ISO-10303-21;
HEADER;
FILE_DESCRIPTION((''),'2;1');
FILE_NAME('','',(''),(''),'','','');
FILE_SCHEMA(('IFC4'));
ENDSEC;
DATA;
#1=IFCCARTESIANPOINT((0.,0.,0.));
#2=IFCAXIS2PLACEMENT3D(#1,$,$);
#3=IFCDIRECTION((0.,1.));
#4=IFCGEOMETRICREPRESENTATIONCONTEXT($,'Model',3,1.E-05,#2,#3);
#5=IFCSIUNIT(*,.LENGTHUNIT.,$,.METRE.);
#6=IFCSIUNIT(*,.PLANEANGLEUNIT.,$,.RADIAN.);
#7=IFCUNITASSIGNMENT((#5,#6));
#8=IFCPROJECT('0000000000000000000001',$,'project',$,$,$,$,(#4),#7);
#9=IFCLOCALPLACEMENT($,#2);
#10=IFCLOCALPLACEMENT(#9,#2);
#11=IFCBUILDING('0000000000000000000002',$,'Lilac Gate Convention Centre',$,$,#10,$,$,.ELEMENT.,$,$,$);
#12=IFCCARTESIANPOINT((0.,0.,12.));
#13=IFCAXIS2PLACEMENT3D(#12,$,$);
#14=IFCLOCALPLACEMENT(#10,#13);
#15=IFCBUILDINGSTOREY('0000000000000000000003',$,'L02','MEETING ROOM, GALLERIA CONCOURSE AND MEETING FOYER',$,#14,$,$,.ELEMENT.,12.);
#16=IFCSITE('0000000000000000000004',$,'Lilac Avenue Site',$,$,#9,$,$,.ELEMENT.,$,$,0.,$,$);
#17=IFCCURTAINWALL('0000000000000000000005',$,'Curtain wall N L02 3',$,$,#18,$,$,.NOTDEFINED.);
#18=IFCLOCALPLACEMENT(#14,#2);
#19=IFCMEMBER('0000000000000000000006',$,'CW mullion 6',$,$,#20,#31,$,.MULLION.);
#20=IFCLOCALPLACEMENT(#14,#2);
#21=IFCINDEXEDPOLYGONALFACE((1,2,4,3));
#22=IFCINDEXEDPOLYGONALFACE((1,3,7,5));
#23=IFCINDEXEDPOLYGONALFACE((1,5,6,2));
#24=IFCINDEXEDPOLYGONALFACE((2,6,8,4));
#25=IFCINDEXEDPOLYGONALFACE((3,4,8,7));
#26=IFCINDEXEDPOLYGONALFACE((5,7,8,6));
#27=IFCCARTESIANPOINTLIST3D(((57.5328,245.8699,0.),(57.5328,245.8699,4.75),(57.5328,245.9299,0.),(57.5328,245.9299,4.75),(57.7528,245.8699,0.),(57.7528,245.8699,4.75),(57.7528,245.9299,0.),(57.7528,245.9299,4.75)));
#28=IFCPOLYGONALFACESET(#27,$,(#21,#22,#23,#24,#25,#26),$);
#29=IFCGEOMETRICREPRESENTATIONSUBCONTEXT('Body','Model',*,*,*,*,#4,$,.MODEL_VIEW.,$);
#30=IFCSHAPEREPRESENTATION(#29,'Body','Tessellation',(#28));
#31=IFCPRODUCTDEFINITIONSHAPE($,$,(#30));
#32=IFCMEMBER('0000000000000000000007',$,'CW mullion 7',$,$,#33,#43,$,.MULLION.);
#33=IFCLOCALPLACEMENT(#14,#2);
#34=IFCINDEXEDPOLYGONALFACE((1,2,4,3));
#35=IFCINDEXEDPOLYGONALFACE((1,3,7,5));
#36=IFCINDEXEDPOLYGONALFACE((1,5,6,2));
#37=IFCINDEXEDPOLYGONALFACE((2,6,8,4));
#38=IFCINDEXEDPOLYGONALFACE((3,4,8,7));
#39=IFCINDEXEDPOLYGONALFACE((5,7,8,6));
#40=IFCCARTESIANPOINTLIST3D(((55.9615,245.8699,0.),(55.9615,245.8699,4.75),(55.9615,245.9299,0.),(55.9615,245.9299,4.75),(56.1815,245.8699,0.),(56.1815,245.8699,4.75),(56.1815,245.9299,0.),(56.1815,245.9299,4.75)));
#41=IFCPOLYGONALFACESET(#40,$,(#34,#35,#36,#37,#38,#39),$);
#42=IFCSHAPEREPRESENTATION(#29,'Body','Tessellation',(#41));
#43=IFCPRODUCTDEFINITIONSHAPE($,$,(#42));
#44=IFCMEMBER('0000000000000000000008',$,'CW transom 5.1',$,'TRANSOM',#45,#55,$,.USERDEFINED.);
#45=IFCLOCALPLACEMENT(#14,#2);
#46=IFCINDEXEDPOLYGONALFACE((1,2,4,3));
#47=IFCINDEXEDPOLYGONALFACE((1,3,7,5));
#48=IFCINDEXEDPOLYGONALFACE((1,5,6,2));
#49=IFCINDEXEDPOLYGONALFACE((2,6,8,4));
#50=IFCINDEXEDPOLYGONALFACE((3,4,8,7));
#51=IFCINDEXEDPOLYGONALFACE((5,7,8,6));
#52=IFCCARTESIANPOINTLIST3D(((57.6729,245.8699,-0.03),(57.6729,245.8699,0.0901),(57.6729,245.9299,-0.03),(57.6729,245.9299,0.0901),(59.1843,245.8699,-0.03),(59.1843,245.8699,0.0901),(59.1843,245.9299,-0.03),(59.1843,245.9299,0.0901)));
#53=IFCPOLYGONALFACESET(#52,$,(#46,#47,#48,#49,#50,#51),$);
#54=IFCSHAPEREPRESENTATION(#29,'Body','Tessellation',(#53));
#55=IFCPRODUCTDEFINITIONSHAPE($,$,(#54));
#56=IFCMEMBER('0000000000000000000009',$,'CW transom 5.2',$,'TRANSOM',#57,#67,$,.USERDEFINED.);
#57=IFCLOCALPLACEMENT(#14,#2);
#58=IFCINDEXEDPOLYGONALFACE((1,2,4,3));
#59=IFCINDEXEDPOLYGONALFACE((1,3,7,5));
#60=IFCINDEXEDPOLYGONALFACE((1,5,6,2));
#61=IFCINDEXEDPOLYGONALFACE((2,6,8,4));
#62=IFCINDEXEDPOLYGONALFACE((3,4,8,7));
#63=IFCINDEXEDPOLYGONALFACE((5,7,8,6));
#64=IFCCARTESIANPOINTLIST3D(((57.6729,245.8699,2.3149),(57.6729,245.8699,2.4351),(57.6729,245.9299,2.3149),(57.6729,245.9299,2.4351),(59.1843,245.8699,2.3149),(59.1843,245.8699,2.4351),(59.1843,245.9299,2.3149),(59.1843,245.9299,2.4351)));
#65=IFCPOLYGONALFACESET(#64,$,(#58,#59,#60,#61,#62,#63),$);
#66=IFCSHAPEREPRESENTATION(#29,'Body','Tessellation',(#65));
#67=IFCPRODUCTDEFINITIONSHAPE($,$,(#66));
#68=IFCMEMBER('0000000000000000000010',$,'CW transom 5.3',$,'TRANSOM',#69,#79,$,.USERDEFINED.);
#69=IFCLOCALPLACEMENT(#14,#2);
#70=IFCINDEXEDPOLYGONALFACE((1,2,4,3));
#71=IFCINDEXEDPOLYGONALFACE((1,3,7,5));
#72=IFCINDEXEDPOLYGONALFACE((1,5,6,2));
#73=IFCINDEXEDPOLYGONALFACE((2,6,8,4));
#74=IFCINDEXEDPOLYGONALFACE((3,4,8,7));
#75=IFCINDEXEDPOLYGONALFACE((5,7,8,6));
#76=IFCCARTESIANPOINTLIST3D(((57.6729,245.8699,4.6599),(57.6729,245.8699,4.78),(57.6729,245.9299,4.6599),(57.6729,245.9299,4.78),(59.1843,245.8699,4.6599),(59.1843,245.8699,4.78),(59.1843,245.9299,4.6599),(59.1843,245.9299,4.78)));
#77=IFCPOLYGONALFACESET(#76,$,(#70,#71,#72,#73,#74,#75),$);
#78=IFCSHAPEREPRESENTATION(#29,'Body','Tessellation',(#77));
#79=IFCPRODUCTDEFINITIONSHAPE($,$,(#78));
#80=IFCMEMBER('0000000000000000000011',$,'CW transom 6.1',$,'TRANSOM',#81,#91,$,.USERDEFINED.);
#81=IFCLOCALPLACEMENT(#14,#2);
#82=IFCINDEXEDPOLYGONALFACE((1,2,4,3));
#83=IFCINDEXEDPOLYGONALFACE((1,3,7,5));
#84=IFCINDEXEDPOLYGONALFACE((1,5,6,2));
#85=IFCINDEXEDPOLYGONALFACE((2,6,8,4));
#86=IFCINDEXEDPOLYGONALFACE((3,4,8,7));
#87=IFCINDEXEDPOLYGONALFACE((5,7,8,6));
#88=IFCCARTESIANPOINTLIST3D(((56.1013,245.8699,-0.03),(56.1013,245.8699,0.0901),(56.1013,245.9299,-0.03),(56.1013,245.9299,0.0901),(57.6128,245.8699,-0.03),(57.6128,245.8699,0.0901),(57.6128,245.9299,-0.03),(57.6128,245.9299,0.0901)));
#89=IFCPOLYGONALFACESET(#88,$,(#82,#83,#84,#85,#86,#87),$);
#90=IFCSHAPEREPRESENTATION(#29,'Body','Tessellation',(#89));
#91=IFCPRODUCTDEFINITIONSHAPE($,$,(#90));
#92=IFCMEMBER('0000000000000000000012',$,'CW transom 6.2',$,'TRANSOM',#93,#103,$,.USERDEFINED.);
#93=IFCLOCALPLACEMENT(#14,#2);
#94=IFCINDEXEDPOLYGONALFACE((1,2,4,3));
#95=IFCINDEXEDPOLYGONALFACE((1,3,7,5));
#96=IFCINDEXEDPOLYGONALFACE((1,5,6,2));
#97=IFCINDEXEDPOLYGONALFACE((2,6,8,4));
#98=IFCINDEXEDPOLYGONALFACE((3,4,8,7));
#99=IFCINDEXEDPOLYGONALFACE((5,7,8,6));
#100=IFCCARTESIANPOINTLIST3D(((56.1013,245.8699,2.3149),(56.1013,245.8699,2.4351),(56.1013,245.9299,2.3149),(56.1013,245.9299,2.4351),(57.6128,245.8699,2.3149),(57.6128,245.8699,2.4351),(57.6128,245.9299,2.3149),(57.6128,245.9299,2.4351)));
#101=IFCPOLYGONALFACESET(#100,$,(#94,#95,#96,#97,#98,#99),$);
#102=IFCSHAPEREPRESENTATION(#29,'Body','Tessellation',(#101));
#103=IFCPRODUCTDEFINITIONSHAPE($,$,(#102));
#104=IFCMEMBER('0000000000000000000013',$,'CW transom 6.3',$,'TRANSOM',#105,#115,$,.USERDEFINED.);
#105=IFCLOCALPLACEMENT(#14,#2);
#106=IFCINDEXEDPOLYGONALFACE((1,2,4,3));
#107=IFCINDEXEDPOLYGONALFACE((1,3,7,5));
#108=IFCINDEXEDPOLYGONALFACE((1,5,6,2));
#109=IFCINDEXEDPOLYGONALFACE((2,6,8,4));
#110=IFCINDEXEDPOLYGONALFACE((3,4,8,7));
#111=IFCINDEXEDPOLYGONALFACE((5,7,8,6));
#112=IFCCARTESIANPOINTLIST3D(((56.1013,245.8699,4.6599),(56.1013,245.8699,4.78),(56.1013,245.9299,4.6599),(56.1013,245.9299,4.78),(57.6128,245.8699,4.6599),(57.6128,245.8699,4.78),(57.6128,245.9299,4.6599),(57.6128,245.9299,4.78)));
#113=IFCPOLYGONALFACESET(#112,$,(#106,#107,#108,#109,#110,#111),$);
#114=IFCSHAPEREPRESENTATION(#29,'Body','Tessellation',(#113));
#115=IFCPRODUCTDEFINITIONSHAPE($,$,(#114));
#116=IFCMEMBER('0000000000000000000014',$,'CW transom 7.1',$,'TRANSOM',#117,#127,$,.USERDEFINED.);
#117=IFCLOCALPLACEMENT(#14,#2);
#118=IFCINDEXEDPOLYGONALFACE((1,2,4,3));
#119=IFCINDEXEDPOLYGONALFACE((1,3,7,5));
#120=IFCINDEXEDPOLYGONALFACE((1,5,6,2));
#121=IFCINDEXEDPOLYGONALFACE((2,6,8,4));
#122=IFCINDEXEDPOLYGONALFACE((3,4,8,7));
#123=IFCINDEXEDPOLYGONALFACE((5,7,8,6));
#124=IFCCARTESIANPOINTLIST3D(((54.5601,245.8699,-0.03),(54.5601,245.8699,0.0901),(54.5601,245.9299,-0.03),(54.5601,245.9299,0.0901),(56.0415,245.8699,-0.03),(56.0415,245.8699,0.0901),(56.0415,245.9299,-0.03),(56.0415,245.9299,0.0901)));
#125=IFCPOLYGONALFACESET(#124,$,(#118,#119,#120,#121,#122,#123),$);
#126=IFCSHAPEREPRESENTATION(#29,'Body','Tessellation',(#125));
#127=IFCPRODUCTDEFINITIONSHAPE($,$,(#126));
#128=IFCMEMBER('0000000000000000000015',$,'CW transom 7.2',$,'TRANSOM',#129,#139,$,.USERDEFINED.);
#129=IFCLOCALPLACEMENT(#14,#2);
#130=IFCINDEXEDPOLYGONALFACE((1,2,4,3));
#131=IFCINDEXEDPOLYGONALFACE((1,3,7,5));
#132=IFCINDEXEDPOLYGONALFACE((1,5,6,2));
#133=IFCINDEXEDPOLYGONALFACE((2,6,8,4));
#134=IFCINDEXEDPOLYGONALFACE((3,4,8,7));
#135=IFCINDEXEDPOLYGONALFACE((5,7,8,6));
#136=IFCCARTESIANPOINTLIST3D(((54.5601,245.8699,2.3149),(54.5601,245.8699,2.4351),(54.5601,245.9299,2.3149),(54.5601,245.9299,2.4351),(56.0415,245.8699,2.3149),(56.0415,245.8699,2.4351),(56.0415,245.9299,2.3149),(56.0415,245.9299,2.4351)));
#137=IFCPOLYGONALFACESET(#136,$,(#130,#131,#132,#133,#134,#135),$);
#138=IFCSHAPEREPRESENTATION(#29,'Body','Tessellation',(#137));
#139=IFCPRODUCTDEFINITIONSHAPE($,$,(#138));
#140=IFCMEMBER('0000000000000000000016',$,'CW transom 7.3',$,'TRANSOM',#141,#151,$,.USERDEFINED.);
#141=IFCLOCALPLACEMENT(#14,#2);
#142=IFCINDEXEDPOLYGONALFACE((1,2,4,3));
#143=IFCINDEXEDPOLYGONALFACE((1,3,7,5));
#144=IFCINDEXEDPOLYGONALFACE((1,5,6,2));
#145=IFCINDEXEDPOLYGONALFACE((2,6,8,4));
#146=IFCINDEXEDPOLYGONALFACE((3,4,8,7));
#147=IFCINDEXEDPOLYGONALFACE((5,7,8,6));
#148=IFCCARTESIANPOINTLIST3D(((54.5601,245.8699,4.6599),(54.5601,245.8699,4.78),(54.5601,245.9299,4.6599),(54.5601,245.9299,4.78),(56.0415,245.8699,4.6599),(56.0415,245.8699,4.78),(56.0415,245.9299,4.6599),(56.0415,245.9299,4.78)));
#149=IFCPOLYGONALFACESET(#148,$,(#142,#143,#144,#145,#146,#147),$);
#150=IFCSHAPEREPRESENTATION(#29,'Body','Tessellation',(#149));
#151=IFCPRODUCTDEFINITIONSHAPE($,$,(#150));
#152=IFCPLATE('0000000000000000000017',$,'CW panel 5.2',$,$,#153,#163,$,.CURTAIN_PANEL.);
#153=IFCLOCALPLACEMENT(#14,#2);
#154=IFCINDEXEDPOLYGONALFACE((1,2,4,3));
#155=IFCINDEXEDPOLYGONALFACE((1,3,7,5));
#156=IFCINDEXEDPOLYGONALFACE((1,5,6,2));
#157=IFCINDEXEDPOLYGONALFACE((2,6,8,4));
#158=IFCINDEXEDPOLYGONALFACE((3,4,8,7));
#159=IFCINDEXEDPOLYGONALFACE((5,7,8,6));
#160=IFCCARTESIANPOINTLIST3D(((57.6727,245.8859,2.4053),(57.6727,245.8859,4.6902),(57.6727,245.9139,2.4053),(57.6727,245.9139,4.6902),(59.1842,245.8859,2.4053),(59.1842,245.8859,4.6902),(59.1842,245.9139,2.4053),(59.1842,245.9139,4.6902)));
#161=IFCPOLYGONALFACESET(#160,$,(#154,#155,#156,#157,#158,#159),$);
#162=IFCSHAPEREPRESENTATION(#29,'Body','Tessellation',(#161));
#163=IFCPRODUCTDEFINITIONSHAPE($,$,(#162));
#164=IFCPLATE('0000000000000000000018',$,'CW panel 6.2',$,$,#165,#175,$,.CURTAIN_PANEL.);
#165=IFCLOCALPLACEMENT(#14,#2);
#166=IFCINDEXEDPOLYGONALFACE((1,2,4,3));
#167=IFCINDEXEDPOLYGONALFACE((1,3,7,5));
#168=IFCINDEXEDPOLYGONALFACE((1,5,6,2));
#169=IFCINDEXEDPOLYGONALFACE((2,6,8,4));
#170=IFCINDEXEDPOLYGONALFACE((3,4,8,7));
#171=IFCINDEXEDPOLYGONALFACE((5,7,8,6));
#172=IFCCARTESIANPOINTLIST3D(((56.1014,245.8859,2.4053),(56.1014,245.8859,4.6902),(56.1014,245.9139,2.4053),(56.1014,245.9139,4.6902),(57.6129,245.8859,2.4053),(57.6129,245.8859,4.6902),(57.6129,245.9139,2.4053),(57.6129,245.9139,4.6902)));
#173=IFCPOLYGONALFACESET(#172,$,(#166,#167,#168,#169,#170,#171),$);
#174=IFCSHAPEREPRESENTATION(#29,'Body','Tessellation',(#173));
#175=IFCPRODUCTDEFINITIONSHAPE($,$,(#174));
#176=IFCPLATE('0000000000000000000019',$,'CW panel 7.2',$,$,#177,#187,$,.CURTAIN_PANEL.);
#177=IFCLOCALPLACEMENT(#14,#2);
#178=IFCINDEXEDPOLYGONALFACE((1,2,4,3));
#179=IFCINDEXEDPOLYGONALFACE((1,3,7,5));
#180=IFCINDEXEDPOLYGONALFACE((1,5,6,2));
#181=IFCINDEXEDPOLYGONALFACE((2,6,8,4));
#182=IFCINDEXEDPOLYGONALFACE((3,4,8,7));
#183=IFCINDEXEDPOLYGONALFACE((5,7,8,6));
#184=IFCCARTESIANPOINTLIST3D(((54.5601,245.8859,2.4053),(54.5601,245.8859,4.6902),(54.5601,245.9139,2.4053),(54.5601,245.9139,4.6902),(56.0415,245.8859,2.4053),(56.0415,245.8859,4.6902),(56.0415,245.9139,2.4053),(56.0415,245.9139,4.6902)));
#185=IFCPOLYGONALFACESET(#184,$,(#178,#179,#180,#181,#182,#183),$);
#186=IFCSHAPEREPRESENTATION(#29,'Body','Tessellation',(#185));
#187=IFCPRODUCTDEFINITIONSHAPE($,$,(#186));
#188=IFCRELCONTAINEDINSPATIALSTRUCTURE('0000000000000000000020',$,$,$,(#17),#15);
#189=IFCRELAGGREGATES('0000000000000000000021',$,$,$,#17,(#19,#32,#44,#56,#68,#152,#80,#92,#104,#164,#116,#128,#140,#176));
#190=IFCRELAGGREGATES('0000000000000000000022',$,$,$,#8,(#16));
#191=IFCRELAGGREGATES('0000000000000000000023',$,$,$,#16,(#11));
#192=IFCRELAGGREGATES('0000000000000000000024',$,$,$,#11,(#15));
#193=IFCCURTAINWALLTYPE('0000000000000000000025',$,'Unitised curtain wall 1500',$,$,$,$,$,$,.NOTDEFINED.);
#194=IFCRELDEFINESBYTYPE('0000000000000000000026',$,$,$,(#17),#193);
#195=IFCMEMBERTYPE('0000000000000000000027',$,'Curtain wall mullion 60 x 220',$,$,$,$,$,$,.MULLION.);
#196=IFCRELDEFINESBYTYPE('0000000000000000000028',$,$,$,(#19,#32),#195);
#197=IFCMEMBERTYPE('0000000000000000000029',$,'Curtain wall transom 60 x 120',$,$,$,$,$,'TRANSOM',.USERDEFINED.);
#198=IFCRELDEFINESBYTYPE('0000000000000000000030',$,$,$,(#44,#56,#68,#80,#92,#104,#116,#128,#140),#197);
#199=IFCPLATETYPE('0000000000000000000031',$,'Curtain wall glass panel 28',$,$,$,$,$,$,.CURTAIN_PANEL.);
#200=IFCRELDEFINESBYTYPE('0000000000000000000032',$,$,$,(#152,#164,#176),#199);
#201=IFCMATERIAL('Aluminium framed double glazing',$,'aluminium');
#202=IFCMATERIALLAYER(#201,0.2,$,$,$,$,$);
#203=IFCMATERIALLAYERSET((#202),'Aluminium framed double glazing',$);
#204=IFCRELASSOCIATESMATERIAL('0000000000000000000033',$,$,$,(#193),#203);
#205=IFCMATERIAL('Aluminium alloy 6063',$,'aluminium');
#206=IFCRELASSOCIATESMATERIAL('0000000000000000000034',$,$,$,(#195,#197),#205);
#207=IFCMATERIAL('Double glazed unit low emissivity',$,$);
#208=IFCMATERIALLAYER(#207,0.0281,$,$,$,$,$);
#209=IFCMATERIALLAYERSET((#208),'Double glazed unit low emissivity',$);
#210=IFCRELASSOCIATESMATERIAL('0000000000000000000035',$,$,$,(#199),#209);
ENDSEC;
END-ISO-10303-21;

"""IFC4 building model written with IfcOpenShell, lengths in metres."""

from ifc_helpers import new_model, si_unit, direction, frame, origin, origin_2d, place, context, subcontext, project, spatial, rectangle, extrude, material, layer, layer_set, material_profile, profile_set, type_object, element, aggregate, save


model = new_model("IFC4")

# Units and contexts
model_context = context("Model", 3, precision=1e-05, world=origin(), true_north=direction((0.0, 1.0)))
body_context = subcontext(model_context, "Body", "Model", "MODEL_VIEW")
ifc_project = project(units=[si_unit("LENGTHUNIT", "METRE"), si_unit("PLANEANGLEUNIT", "RADIAN")], contexts=[model_context])

# Site, building, storey
site_placement = place(None, origin())
site = spatial("IfcSite", under=ifc_project, at=site_placement, Name="Lilac Avenue Site", CompositionType="ELEMENT", RefElevation=0.0)
building_placement = place(site_placement, origin())
building = spatial("IfcBuilding", under=site, at=building_placement, Name="Lilac Gate Convention Centre", CompositionType="ELEMENT")
storey_placement = place(building_placement, frame((0.0, 0.0, 12.0)))
storey = spatial("IfcBuildingStorey", under=building, at=storey_placement, Name="L02", Description="MEETING ROOM, GALLERIA CONCOURSE AND MEETING FOYER", CompositionType="ELEMENT", Elevation=12.0)

# Curtain wall, members, plates
ifc_material_1 = material(Name="Aluminium framed double glazing", Category="aluminium")
ifc_layer_1 = layer(ifc_material_1, 0.2)
ifc_layer_set_1 = layer_set([ifc_layer_1], Name="Aluminium framed double glazing")
curtain_wall_type = type_object("IfcCurtainWallType", Name="Unitised curtain wall 1500", PredefinedType="NOTDEFINED", material=ifc_layer_set_1)
curtain_wall_placement = place(storey_placement, origin())
curtain_wall = element("IfcCurtainWall", 1, at=curtain_wall_placement, inside=storey, type_object=curtain_wall_type, Name="Curtain wall N L02 3", PredefinedType="NOTDEFINED")
ifc_material_2 = material(Name="Aluminium alloy 6063", Category="aluminium")
ifc_material_profile_1 = material_profile(ifc_material_2, rectangle(XDim=0.0601, YDim=0.22, at=origin_2d()), Name="Curtain wall mullion 60 x 220")
ifc_profile_set_1 = profile_set([ifc_material_profile_1], Name="Aluminium alloy 6063")
member_type_1 = type_object("IfcMemberType", Name="Curtain wall mullion 60 x 220", PredefinedType="MULLION", material=ifc_profile_set_1)
member_1_placement = place(storey_placement, frame((57.6428, 245.8999, 0.0), z_axis=(0.0, 0.0, 1.0), x_axis=(0.0, -1.0, 0.0)))
member_1 = element("IfcMember", 2, at=member_1_placement, type_object=member_type_1, Name="CW mullion 6", PredefinedType="MULLION", context=body_context, shape_type="SweptSolid", body=[
    extrude(rectangle(XDim=0.0601, YDim=0.22, at=origin_2d()), origin(), (0.0, 0.0, 1.0), 4.75),
])
member_2_placement = place(storey_placement, frame((56.0715, 245.8999, 0.0), z_axis=(0.0, 0.0, 1.0), x_axis=(0.0, -1.0, 0.0)))
member_2 = element("IfcMember", 3, at=member_2_placement, type_object=member_type_1, Name="CW mullion 7", PredefinedType="MULLION", context=body_context, shape_type="SweptSolid", body=[
    extrude(rectangle(XDim=0.0601, YDim=0.22, at=origin_2d()), origin(), (0.0, 0.0, 1.0), 4.75),
])
ifc_material_profile_2 = material_profile(ifc_material_2, rectangle(XDim=0.0601, YDim=0.1201, at=origin_2d()), Name="Curtain wall transom 60 x 120")
ifc_profile_set_2 = profile_set([ifc_material_profile_2], Name="Aluminium alloy 6063")
member_type_2 = type_object("IfcMemberType", Name="Curtain wall transom 60 x 120", ElementType="TRANSOM", PredefinedType="USERDEFINED", material=ifc_profile_set_2)
member_3_placement = place(storey_placement, frame((59.1843, 245.8999, 0.03), z_axis=(-1.0, 0.0, 0.0), x_axis=(0.0, -1.0, 0.0)))
member_3 = element("IfcMember", 4, at=member_3_placement, type_object=member_type_2, Name="CW transom 5.1", ObjectType="TRANSOM", PredefinedType="USERDEFINED", context=body_context, shape_type="SweptSolid", body=[
    extrude(rectangle(XDim=0.0601, YDim=0.1201, at=origin_2d()), origin(), (0.0, 0.0, 1.0), 1.5115),
])
member_4_placement = place(storey_placement, frame((59.1843, 245.8999, 2.375), z_axis=(-1.0, 0.0, 0.0), x_axis=(0.0, -1.0, 0.0)))
member_4 = element("IfcMember", 5, at=member_4_placement, type_object=member_type_2, Name="CW transom 5.2", ObjectType="TRANSOM", PredefinedType="USERDEFINED", context=body_context, shape_type="SweptSolid", body=[
    extrude(rectangle(XDim=0.0601, YDim=0.1201, at=origin_2d()), origin(), (0.0, 0.0, 1.0), 1.5115),
])
member_5_placement = place(storey_placement, frame((59.1843, 245.8999, 4.72), z_axis=(-1.0, 0.0, 0.0), x_axis=(0.0, -1.0, 0.0)))
member_5 = element("IfcMember", 6, at=member_5_placement, type_object=member_type_2, Name="CW transom 5.3", ObjectType="TRANSOM", PredefinedType="USERDEFINED", context=body_context, shape_type="SweptSolid", body=[
    extrude(rectangle(XDim=0.0601, YDim=0.1201, at=origin_2d()), origin(), (0.0, 0.0, 1.0), 1.5115),
])
member_6_placement = place(storey_placement, frame((57.6128, 245.8999, 0.03), z_axis=(-1.0, 0.0, 0.0), x_axis=(0.0, -1.0, 0.0)))
member_6 = element("IfcMember", 7, at=member_6_placement, type_object=member_type_2, Name="CW transom 6.1", ObjectType="TRANSOM", PredefinedType="USERDEFINED", context=body_context, shape_type="SweptSolid", body=[
    extrude(rectangle(XDim=0.0601, YDim=0.1201, at=origin_2d()), origin(), (0.0, 0.0, 1.0), 1.5115),
])
member_7_placement = place(storey_placement, frame((57.6128, 245.8999, 2.375), z_axis=(-1.0, 0.0, 0.0), x_axis=(0.0, -1.0, 0.0)))
member_7 = element("IfcMember", 8, at=member_7_placement, type_object=member_type_2, Name="CW transom 6.2", ObjectType="TRANSOM", PredefinedType="USERDEFINED", context=body_context, shape_type="SweptSolid", body=[
    extrude(rectangle(XDim=0.0601, YDim=0.1201, at=origin_2d()), origin(), (0.0, 0.0, 1.0), 1.5115),
])
member_8_placement = place(storey_placement, frame((57.6128, 245.8999, 4.72), z_axis=(-1.0, 0.0, 0.0), x_axis=(0.0, -1.0, 0.0)))
member_8 = element("IfcMember", 9, at=member_8_placement, type_object=member_type_2, Name="CW transom 6.3", ObjectType="TRANSOM", PredefinedType="USERDEFINED", context=body_context, shape_type="SweptSolid", body=[
    extrude(rectangle(XDim=0.0601, YDim=0.1201, at=origin_2d()), origin(), (0.0, 0.0, 1.0), 1.5115),
])
member_9_placement = place(storey_placement, frame((56.0415, 245.8999, 0.03), z_axis=(-1.0, 0.0, 0.0), x_axis=(0.0, -1.0, 0.0)))
member_9 = element("IfcMember", 10, at=member_9_placement, type_object=member_type_2, Name="CW transom 7.1", ObjectType="TRANSOM", PredefinedType="USERDEFINED", context=body_context, shape_type="SweptSolid", body=[
    extrude(rectangle(XDim=0.0601, YDim=0.1201, at=origin_2d()), origin(), (0.0, 0.0, 1.0), 1.4814),
])
member_10_placement = place(storey_placement, frame((56.0415, 245.8999, 2.375), z_axis=(-1.0, 0.0, 0.0), x_axis=(0.0, -1.0, 0.0)))
member_10 = element("IfcMember", 11, at=member_10_placement, type_object=member_type_2, Name="CW transom 7.2", ObjectType="TRANSOM", PredefinedType="USERDEFINED", context=body_context, shape_type="SweptSolid", body=[
    extrude(rectangle(XDim=0.0601, YDim=0.1201, at=origin_2d()), origin(), (0.0, 0.0, 1.0), 1.4814),
])
member_11_placement = place(storey_placement, frame((56.0415, 245.8999, 4.72), z_axis=(-1.0, 0.0, 0.0), x_axis=(0.0, -1.0, 0.0)))
member_11 = element("IfcMember", 12, at=member_11_placement, type_object=member_type_2, Name="CW transom 7.3", ObjectType="TRANSOM", PredefinedType="USERDEFINED", context=body_context, shape_type="SweptSolid", body=[
    extrude(rectangle(XDim=0.0601, YDim=0.1201, at=origin_2d()), origin(), (0.0, 0.0, 1.0), 1.4814),
])
ifc_material_3 = material(Name="Double glazed unit low emissivity")
ifc_layer_2 = layer(ifc_material_3, 0.0281)
ifc_layer_set_2 = layer_set([ifc_layer_2], Name="Double glazed unit low emissivity")
plate_type_1 = type_object("IfcPlateType", Name="Curtain wall glass panel 28", PredefinedType="CURTAIN_PANEL", material=ifc_layer_set_2)
plate_1_placement = place(storey_placement, frame((58.4285, 245.8999, 2.4053), z_axis=(0.0, 0.0, 1.0), x_axis=(-1.0, 0.0, 0.0)))
plate_1 = element("IfcPlate", 13, at=plate_1_placement, type_object=plate_type_1, Name="CW panel 5.2", PredefinedType="CURTAIN_PANEL", context=body_context, shape_type="SweptSolid", body=[
    extrude(rectangle(XDim=1.5115, YDim=0.0281, at=origin_2d()), origin(), (0.0, 0.0, 1.0), 2.2849),
])
plate_2_placement = place(storey_placement, frame((56.8572, 245.8999, 2.4053), z_axis=(0.0, 0.0, 1.0), x_axis=(-1.0, 0.0, 0.0)))
plate_2 = element("IfcPlate", 14, at=plate_2_placement, type_object=plate_type_1, Name="CW panel 6.2", PredefinedType="CURTAIN_PANEL", context=body_context, shape_type="SweptSolid", body=[
    extrude(rectangle(XDim=1.5115, YDim=0.0281, at=origin_2d()), origin(), (0.0, 0.0, 1.0), 2.2849),
])
plate_3_placement = place(storey_placement, frame((55.3008, 245.8999, 2.4053), z_axis=(0.0, 0.0, 1.0), x_axis=(-1.0, 0.0, 0.0)))
plate_3 = element("IfcPlate", 15, at=plate_3_placement, type_object=plate_type_1, Name="CW panel 7.2", PredefinedType="CURTAIN_PANEL", context=body_context, shape_type="SweptSolid", body=[
    extrude(rectangle(XDim=1.4814, YDim=0.0281, at=origin_2d()), origin(), (0.0, 0.0, 1.0), 2.2849),
])
aggregate(curtain_wall, [member_1, member_2, member_3, member_4, member_5, plate_1, member_6, member_7, member_8, plate_2, member_9, member_10, member_11, plate_3])

save(model, "model.ifc")
